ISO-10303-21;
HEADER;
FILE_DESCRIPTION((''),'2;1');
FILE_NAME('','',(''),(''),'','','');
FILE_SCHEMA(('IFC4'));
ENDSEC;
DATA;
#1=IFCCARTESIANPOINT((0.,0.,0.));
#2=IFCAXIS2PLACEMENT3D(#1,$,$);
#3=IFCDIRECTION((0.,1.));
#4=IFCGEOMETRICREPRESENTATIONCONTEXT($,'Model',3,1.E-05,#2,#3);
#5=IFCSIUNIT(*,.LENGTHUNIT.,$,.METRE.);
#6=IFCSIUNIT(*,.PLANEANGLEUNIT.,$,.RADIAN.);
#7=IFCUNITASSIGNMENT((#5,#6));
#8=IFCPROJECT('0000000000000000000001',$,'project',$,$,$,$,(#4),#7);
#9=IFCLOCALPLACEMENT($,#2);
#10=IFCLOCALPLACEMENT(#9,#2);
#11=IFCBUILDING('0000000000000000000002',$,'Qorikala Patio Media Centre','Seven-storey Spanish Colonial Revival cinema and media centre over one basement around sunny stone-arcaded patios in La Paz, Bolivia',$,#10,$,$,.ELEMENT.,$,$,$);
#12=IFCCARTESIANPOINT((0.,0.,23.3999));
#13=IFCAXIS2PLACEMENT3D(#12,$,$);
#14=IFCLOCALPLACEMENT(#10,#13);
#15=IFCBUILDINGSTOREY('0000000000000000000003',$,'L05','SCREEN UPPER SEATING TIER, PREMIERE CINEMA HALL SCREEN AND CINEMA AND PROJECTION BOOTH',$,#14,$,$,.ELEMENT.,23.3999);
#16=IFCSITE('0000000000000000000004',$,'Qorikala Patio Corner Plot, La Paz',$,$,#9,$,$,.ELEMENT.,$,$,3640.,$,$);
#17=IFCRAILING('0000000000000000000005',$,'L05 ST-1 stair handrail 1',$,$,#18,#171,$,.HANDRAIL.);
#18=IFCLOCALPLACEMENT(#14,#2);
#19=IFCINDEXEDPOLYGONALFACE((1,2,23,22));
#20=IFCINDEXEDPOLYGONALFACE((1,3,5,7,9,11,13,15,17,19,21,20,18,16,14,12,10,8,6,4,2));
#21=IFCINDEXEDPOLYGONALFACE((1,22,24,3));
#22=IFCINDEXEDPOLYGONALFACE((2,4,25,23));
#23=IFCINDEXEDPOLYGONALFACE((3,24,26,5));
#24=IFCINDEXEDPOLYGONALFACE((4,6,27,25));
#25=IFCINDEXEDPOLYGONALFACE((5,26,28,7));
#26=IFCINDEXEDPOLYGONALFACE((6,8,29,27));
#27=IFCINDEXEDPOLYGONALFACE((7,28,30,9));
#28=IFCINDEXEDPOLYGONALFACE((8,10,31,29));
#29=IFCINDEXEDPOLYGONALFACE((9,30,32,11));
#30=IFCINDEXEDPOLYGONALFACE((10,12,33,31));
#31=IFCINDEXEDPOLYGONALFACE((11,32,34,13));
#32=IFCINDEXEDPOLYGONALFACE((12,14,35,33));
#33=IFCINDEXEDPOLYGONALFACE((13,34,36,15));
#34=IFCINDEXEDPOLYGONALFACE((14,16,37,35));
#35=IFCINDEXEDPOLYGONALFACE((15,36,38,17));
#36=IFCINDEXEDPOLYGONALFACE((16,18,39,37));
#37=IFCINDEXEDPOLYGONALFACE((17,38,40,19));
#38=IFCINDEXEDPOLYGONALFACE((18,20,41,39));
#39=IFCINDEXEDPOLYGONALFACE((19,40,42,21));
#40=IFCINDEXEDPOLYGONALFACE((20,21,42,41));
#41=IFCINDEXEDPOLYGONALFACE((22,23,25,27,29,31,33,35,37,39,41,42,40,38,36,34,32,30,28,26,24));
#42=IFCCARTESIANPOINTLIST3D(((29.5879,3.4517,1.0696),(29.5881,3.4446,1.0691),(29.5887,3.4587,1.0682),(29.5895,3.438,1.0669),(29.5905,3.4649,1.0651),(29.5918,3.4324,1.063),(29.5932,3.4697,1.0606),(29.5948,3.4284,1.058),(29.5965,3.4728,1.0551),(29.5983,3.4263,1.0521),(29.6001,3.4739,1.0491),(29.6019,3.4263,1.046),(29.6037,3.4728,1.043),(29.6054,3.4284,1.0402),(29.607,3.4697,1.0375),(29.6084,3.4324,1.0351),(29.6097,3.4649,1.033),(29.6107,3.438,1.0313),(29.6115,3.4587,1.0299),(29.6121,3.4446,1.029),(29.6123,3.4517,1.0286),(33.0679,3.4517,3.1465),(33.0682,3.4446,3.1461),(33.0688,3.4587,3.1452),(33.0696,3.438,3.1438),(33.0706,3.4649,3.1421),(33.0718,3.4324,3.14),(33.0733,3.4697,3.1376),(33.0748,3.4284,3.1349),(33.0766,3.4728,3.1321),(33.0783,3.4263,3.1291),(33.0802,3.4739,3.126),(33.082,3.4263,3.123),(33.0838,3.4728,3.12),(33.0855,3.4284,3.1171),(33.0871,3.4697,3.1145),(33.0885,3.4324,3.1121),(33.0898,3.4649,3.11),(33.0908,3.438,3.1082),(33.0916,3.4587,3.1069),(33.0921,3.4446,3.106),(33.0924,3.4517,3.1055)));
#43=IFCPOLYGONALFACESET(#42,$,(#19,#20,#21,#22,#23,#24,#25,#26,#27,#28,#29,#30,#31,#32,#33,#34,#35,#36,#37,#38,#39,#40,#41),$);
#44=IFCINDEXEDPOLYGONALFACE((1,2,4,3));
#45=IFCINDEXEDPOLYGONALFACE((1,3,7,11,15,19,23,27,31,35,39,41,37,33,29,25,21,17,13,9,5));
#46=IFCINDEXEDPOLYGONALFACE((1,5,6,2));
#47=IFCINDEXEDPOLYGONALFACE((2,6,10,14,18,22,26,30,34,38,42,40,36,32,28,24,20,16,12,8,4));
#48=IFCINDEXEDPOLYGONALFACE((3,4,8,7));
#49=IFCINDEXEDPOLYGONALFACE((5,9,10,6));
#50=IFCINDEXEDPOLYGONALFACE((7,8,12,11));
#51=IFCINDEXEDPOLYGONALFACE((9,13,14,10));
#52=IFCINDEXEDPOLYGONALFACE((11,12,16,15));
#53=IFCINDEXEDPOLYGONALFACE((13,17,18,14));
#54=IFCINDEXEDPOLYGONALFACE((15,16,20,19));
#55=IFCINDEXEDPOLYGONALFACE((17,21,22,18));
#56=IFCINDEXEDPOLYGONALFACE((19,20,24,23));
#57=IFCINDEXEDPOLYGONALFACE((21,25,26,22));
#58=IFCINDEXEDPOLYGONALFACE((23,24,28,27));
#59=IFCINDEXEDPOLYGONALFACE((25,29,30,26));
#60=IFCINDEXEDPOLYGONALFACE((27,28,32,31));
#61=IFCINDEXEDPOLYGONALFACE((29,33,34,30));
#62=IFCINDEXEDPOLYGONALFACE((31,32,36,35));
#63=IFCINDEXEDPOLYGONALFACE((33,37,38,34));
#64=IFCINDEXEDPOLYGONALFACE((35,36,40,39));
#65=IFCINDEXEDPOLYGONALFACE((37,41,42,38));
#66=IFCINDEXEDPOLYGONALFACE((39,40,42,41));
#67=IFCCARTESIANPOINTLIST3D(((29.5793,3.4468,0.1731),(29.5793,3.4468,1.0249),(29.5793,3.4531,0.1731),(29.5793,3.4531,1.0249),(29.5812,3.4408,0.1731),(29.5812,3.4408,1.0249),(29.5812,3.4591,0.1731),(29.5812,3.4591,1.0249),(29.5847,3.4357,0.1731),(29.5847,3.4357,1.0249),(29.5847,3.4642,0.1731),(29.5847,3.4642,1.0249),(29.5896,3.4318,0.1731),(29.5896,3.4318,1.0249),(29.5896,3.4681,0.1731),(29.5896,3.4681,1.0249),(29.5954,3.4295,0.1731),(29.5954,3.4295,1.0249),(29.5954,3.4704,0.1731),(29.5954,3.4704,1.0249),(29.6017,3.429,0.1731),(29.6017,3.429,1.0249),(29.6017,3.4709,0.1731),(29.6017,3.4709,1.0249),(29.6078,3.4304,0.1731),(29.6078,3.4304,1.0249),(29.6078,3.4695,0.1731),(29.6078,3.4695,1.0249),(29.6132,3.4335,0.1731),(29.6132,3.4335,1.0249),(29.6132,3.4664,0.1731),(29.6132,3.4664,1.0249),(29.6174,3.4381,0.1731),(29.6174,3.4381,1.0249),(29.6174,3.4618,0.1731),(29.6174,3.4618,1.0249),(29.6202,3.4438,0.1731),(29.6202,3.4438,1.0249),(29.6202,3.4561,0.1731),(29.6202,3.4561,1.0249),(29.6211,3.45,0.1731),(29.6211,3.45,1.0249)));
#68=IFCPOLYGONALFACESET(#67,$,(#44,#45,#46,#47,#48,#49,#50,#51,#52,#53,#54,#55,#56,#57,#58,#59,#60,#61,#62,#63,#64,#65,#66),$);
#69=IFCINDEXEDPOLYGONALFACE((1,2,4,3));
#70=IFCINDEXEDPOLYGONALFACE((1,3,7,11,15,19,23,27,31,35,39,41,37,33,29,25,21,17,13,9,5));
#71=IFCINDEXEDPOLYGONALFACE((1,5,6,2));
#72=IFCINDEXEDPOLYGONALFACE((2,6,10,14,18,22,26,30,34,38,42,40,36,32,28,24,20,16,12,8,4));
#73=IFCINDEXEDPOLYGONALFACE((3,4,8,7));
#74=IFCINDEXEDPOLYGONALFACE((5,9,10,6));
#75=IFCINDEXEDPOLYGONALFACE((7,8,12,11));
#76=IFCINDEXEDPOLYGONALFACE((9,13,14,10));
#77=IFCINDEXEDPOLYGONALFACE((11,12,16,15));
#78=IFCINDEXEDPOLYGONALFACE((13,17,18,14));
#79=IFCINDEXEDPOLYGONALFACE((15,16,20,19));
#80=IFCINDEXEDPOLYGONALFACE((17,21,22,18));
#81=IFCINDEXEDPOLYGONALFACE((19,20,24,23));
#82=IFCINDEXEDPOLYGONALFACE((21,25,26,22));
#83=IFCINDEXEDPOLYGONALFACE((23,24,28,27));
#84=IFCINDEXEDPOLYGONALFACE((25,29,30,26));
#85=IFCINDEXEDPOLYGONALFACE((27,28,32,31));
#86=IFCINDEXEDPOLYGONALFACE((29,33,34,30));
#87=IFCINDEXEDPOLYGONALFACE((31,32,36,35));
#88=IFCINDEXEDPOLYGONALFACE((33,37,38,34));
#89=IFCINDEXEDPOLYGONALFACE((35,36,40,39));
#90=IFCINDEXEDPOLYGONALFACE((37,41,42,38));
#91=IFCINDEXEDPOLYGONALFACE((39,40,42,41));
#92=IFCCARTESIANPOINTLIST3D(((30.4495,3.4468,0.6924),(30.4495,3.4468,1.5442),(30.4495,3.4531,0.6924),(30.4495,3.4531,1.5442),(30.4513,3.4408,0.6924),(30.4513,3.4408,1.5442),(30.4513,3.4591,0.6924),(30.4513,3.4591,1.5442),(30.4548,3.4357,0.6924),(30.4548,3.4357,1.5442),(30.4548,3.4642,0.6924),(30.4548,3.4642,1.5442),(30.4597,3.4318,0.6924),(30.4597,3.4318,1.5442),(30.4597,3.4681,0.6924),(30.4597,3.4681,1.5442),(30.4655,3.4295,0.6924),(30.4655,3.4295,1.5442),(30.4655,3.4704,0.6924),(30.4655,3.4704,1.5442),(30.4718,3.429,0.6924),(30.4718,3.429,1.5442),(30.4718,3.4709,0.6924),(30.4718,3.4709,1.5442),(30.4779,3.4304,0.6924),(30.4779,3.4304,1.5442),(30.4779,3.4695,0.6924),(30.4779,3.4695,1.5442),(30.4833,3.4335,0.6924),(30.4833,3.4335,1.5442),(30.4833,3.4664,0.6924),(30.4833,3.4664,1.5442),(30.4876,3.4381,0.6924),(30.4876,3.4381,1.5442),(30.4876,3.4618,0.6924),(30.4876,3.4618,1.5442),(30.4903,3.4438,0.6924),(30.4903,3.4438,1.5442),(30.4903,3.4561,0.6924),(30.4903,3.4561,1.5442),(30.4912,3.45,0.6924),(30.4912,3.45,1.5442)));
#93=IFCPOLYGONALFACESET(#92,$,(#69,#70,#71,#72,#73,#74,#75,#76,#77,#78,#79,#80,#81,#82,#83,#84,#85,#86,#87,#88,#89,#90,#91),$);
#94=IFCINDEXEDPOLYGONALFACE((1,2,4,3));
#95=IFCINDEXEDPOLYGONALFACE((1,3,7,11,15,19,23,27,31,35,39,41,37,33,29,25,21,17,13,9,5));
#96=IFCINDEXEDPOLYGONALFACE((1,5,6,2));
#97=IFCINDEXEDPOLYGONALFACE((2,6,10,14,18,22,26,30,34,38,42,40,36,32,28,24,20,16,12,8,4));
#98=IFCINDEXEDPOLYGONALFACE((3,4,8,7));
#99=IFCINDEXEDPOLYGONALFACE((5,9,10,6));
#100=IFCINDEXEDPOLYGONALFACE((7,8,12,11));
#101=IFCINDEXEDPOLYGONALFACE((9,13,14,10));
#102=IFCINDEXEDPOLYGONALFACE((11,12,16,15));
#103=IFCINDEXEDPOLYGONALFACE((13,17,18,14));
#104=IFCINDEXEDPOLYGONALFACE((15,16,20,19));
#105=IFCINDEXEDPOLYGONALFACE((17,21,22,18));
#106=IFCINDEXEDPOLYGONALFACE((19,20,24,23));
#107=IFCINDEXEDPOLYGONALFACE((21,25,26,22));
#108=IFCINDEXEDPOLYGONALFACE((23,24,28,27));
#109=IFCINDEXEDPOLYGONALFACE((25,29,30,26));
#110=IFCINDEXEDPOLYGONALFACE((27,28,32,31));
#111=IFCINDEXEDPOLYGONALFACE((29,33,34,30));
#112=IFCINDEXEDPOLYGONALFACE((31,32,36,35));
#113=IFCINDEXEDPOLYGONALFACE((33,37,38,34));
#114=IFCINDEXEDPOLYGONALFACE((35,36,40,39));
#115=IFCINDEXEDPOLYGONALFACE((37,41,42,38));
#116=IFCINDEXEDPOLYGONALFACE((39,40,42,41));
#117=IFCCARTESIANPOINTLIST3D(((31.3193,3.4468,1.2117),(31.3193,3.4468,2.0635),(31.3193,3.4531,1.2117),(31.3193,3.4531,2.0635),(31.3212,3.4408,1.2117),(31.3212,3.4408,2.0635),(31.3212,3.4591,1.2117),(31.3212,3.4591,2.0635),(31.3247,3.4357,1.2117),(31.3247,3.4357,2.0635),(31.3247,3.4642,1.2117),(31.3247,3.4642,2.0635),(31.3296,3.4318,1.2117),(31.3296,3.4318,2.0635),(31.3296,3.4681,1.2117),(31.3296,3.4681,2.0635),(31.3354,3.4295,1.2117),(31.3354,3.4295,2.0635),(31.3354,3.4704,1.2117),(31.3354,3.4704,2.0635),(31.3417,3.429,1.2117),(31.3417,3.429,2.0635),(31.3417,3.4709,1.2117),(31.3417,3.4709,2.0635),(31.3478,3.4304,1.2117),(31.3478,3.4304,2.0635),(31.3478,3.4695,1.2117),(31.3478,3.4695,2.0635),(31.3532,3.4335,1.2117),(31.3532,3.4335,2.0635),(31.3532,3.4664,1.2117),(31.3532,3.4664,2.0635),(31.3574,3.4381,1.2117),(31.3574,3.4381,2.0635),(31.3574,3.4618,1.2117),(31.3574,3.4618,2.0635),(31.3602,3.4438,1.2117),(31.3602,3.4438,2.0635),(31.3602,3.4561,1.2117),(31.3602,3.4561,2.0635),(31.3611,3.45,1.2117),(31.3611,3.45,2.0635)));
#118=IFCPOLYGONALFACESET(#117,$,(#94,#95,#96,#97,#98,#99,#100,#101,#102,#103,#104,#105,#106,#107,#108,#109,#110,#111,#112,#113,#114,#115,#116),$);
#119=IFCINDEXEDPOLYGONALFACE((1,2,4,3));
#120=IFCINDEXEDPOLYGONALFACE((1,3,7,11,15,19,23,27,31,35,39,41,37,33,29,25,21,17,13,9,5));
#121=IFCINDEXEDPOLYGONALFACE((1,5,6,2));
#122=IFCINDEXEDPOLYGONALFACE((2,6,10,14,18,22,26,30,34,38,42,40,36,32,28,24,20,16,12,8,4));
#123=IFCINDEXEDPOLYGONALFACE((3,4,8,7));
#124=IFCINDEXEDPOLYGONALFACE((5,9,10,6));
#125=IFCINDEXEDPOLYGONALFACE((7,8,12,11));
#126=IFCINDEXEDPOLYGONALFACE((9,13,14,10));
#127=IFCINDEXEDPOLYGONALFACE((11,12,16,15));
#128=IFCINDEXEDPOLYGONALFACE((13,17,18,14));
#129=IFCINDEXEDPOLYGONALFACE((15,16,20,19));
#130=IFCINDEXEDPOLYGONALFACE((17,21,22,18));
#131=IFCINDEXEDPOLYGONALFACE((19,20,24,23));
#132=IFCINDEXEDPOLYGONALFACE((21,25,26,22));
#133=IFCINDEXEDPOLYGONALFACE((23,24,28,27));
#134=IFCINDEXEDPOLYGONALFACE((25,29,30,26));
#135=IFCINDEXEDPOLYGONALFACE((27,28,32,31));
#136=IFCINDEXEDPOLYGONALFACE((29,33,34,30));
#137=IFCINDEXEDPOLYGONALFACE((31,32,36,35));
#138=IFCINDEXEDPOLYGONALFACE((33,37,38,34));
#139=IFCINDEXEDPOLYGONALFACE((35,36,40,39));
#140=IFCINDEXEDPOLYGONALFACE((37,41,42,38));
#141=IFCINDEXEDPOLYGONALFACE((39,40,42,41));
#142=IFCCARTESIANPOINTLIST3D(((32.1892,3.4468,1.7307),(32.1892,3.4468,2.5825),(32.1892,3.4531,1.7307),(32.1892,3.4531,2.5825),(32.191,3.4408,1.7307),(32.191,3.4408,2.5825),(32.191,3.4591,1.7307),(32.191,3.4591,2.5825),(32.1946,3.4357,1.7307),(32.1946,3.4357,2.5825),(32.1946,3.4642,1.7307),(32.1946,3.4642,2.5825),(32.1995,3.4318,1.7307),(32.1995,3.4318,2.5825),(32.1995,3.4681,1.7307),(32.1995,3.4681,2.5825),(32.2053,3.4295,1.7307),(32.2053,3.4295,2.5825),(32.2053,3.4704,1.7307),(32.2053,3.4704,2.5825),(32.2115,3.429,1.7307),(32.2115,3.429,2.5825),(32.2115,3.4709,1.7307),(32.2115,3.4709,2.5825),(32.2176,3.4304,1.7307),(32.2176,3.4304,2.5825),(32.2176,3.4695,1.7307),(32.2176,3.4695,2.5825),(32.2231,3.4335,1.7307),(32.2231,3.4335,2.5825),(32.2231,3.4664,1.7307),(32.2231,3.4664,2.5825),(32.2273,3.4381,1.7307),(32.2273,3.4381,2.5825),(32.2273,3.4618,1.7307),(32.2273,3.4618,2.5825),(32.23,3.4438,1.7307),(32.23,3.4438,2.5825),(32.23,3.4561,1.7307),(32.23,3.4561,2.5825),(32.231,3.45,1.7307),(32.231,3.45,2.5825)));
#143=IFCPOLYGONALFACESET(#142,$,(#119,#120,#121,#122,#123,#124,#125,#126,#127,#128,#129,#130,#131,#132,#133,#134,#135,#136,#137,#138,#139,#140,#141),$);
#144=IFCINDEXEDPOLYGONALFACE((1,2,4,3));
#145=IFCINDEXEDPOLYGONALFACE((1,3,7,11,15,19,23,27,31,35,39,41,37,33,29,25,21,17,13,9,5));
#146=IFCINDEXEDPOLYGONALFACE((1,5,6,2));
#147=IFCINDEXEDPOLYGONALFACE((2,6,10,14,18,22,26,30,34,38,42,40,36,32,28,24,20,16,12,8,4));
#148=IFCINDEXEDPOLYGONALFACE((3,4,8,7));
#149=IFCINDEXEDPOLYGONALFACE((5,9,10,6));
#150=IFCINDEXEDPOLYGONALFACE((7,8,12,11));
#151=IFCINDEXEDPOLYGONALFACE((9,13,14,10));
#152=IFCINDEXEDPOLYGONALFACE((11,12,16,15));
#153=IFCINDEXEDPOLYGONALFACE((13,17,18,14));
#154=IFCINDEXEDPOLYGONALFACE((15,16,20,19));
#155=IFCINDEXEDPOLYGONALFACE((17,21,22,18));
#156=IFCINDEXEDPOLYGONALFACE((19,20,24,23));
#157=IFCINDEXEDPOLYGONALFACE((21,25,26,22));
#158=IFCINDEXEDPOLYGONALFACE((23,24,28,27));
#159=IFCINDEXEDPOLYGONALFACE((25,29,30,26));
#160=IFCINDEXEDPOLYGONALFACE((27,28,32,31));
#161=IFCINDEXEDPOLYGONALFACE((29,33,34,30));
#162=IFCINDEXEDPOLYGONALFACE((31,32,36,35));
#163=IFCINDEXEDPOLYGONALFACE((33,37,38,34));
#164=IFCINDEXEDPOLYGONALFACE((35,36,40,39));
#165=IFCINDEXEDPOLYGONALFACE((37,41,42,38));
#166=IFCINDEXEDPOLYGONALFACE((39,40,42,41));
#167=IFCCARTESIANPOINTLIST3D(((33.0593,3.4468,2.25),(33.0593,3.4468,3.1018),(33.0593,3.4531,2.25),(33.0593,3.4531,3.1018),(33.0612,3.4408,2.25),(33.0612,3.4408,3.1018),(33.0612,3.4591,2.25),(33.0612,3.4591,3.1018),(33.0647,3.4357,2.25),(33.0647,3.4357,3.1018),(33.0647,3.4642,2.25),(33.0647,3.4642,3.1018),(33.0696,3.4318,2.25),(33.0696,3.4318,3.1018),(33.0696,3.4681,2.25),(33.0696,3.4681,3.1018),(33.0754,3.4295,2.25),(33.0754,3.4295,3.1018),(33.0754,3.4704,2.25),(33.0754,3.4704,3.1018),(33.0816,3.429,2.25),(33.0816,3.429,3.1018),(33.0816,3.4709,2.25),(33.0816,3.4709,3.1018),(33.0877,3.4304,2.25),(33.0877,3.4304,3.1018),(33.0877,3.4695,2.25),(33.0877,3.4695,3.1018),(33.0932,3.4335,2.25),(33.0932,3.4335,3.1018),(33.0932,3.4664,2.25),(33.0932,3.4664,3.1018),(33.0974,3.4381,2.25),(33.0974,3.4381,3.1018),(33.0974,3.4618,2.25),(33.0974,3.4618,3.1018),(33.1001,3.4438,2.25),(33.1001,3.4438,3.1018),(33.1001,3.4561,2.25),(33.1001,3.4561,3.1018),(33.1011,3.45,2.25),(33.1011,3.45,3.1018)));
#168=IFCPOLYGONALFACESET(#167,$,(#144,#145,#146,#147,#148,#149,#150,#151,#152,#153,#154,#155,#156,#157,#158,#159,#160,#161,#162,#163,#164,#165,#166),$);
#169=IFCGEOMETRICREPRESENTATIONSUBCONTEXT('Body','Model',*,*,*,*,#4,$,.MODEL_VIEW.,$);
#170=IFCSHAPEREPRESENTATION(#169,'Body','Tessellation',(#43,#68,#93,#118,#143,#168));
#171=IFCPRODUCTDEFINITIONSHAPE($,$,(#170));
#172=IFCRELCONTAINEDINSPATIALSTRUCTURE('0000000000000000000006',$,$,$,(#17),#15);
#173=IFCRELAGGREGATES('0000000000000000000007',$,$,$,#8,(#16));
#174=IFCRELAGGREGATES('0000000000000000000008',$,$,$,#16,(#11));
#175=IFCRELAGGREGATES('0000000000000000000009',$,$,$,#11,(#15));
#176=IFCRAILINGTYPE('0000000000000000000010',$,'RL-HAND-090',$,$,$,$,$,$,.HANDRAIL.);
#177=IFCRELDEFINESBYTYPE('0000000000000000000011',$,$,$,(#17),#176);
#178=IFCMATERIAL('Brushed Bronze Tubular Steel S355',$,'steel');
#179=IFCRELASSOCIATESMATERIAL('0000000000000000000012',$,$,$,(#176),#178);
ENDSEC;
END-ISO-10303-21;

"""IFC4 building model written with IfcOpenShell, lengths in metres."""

from ifc_helpers import new_model, si_unit, direction, frame, origin, origin_2d, place, context, subcontext, project, spatial, circle, extrude, material, type_object, element, save


model = new_model("IFC4")

# Units and contexts
model_context = context("Model", 3, precision=1e-05, world=origin(), true_north=direction((0.0, 1.0)))
body_context = subcontext(model_context, "Body", "Model", "MODEL_VIEW")
ifc_project = project(units=[si_unit("LENGTHUNIT", "METRE"), si_unit("PLANEANGLEUNIT", "RADIAN")], contexts=[model_context])

# Site, building, storey
site_placement = place(None, origin())
site = spatial("IfcSite", under=ifc_project, at=site_placement, Name="Qorikala Patio Corner Plot, La Paz", CompositionType="ELEMENT", RefElevation=3640.0)
building_placement = place(site_placement, origin())
building = spatial("IfcBuilding", under=site, at=building_placement, Name="Qorikala Patio Media Centre", Description="Seven-storey Spanish Colonial Revival cinema and media centre over one basement around sunny stone-arcaded patios in La Paz, Bolivia", CompositionType="ELEMENT")
storey_placement = place(building_placement, frame((0.0, 0.0, 23.3999)))
storey = spatial("IfcBuildingStorey", under=building, at=storey_placement, Name="L05", Description="SCREEN UPPER SEATING TIER, PREMIERE CINEMA HALL SCREEN AND CINEMA AND PROJECTION BOOTH", CompositionType="ELEMENT", Elevation=23.3999)

# Railing
ifc_material_1 = material(Name="Brushed Bronze Tubular Steel S355", Category="steel")
railing_type_1 = type_object("IfcRailingType", Name="RL-HAND-090", PredefinedType="HANDRAIL", material=ifc_material_1)
railing_1_placement = place(storey_placement, frame((29.6001, 3.45, 0.1731)))
element("IfcRailing", 1, at=railing_1_placement, inside=storey, type_object=railing_type_1, Name="L05 ST-1 stair handrail 1", PredefinedType="HANDRAIL", context=body_context, shape_type="SweptSolid", body=[
    extrude(circle(Radius=0.0239, at=origin_2d()), frame((0.0, 0.0, 0.876), z_axis=(0.858697, 0.0, 0.512483), x_axis=(0.0, 1.0, 0.0)), (0.0, 0.0, 1.0), 4.0527),
    extrude(circle(Radius=0.021, at=origin_2d()), origin(), (0.0, 0.0, 1.0), 0.8518),
    extrude(circle(Radius=0.021, at=origin_2d()), frame((0.8701, 0.0, 0.5193)), (0.0, 0.0, 1.0), 0.8518),
    extrude(circle(Radius=0.021, at=origin_2d()), frame((1.74, 0.0, 1.0386)), (0.0, 0.0, 1.0), 0.8518),
    extrude(circle(Radius=0.021, at=origin_2d()), frame((2.6099, 0.0, 1.5576)), (0.0, 0.0, 1.0), 0.8518),
    extrude(circle(Radius=0.021, at=origin_2d()), frame((3.48, 0.0, 2.0769)), (0.0, 0.0, 1.0), 0.8518),
])

save(model, "model.ifc")
